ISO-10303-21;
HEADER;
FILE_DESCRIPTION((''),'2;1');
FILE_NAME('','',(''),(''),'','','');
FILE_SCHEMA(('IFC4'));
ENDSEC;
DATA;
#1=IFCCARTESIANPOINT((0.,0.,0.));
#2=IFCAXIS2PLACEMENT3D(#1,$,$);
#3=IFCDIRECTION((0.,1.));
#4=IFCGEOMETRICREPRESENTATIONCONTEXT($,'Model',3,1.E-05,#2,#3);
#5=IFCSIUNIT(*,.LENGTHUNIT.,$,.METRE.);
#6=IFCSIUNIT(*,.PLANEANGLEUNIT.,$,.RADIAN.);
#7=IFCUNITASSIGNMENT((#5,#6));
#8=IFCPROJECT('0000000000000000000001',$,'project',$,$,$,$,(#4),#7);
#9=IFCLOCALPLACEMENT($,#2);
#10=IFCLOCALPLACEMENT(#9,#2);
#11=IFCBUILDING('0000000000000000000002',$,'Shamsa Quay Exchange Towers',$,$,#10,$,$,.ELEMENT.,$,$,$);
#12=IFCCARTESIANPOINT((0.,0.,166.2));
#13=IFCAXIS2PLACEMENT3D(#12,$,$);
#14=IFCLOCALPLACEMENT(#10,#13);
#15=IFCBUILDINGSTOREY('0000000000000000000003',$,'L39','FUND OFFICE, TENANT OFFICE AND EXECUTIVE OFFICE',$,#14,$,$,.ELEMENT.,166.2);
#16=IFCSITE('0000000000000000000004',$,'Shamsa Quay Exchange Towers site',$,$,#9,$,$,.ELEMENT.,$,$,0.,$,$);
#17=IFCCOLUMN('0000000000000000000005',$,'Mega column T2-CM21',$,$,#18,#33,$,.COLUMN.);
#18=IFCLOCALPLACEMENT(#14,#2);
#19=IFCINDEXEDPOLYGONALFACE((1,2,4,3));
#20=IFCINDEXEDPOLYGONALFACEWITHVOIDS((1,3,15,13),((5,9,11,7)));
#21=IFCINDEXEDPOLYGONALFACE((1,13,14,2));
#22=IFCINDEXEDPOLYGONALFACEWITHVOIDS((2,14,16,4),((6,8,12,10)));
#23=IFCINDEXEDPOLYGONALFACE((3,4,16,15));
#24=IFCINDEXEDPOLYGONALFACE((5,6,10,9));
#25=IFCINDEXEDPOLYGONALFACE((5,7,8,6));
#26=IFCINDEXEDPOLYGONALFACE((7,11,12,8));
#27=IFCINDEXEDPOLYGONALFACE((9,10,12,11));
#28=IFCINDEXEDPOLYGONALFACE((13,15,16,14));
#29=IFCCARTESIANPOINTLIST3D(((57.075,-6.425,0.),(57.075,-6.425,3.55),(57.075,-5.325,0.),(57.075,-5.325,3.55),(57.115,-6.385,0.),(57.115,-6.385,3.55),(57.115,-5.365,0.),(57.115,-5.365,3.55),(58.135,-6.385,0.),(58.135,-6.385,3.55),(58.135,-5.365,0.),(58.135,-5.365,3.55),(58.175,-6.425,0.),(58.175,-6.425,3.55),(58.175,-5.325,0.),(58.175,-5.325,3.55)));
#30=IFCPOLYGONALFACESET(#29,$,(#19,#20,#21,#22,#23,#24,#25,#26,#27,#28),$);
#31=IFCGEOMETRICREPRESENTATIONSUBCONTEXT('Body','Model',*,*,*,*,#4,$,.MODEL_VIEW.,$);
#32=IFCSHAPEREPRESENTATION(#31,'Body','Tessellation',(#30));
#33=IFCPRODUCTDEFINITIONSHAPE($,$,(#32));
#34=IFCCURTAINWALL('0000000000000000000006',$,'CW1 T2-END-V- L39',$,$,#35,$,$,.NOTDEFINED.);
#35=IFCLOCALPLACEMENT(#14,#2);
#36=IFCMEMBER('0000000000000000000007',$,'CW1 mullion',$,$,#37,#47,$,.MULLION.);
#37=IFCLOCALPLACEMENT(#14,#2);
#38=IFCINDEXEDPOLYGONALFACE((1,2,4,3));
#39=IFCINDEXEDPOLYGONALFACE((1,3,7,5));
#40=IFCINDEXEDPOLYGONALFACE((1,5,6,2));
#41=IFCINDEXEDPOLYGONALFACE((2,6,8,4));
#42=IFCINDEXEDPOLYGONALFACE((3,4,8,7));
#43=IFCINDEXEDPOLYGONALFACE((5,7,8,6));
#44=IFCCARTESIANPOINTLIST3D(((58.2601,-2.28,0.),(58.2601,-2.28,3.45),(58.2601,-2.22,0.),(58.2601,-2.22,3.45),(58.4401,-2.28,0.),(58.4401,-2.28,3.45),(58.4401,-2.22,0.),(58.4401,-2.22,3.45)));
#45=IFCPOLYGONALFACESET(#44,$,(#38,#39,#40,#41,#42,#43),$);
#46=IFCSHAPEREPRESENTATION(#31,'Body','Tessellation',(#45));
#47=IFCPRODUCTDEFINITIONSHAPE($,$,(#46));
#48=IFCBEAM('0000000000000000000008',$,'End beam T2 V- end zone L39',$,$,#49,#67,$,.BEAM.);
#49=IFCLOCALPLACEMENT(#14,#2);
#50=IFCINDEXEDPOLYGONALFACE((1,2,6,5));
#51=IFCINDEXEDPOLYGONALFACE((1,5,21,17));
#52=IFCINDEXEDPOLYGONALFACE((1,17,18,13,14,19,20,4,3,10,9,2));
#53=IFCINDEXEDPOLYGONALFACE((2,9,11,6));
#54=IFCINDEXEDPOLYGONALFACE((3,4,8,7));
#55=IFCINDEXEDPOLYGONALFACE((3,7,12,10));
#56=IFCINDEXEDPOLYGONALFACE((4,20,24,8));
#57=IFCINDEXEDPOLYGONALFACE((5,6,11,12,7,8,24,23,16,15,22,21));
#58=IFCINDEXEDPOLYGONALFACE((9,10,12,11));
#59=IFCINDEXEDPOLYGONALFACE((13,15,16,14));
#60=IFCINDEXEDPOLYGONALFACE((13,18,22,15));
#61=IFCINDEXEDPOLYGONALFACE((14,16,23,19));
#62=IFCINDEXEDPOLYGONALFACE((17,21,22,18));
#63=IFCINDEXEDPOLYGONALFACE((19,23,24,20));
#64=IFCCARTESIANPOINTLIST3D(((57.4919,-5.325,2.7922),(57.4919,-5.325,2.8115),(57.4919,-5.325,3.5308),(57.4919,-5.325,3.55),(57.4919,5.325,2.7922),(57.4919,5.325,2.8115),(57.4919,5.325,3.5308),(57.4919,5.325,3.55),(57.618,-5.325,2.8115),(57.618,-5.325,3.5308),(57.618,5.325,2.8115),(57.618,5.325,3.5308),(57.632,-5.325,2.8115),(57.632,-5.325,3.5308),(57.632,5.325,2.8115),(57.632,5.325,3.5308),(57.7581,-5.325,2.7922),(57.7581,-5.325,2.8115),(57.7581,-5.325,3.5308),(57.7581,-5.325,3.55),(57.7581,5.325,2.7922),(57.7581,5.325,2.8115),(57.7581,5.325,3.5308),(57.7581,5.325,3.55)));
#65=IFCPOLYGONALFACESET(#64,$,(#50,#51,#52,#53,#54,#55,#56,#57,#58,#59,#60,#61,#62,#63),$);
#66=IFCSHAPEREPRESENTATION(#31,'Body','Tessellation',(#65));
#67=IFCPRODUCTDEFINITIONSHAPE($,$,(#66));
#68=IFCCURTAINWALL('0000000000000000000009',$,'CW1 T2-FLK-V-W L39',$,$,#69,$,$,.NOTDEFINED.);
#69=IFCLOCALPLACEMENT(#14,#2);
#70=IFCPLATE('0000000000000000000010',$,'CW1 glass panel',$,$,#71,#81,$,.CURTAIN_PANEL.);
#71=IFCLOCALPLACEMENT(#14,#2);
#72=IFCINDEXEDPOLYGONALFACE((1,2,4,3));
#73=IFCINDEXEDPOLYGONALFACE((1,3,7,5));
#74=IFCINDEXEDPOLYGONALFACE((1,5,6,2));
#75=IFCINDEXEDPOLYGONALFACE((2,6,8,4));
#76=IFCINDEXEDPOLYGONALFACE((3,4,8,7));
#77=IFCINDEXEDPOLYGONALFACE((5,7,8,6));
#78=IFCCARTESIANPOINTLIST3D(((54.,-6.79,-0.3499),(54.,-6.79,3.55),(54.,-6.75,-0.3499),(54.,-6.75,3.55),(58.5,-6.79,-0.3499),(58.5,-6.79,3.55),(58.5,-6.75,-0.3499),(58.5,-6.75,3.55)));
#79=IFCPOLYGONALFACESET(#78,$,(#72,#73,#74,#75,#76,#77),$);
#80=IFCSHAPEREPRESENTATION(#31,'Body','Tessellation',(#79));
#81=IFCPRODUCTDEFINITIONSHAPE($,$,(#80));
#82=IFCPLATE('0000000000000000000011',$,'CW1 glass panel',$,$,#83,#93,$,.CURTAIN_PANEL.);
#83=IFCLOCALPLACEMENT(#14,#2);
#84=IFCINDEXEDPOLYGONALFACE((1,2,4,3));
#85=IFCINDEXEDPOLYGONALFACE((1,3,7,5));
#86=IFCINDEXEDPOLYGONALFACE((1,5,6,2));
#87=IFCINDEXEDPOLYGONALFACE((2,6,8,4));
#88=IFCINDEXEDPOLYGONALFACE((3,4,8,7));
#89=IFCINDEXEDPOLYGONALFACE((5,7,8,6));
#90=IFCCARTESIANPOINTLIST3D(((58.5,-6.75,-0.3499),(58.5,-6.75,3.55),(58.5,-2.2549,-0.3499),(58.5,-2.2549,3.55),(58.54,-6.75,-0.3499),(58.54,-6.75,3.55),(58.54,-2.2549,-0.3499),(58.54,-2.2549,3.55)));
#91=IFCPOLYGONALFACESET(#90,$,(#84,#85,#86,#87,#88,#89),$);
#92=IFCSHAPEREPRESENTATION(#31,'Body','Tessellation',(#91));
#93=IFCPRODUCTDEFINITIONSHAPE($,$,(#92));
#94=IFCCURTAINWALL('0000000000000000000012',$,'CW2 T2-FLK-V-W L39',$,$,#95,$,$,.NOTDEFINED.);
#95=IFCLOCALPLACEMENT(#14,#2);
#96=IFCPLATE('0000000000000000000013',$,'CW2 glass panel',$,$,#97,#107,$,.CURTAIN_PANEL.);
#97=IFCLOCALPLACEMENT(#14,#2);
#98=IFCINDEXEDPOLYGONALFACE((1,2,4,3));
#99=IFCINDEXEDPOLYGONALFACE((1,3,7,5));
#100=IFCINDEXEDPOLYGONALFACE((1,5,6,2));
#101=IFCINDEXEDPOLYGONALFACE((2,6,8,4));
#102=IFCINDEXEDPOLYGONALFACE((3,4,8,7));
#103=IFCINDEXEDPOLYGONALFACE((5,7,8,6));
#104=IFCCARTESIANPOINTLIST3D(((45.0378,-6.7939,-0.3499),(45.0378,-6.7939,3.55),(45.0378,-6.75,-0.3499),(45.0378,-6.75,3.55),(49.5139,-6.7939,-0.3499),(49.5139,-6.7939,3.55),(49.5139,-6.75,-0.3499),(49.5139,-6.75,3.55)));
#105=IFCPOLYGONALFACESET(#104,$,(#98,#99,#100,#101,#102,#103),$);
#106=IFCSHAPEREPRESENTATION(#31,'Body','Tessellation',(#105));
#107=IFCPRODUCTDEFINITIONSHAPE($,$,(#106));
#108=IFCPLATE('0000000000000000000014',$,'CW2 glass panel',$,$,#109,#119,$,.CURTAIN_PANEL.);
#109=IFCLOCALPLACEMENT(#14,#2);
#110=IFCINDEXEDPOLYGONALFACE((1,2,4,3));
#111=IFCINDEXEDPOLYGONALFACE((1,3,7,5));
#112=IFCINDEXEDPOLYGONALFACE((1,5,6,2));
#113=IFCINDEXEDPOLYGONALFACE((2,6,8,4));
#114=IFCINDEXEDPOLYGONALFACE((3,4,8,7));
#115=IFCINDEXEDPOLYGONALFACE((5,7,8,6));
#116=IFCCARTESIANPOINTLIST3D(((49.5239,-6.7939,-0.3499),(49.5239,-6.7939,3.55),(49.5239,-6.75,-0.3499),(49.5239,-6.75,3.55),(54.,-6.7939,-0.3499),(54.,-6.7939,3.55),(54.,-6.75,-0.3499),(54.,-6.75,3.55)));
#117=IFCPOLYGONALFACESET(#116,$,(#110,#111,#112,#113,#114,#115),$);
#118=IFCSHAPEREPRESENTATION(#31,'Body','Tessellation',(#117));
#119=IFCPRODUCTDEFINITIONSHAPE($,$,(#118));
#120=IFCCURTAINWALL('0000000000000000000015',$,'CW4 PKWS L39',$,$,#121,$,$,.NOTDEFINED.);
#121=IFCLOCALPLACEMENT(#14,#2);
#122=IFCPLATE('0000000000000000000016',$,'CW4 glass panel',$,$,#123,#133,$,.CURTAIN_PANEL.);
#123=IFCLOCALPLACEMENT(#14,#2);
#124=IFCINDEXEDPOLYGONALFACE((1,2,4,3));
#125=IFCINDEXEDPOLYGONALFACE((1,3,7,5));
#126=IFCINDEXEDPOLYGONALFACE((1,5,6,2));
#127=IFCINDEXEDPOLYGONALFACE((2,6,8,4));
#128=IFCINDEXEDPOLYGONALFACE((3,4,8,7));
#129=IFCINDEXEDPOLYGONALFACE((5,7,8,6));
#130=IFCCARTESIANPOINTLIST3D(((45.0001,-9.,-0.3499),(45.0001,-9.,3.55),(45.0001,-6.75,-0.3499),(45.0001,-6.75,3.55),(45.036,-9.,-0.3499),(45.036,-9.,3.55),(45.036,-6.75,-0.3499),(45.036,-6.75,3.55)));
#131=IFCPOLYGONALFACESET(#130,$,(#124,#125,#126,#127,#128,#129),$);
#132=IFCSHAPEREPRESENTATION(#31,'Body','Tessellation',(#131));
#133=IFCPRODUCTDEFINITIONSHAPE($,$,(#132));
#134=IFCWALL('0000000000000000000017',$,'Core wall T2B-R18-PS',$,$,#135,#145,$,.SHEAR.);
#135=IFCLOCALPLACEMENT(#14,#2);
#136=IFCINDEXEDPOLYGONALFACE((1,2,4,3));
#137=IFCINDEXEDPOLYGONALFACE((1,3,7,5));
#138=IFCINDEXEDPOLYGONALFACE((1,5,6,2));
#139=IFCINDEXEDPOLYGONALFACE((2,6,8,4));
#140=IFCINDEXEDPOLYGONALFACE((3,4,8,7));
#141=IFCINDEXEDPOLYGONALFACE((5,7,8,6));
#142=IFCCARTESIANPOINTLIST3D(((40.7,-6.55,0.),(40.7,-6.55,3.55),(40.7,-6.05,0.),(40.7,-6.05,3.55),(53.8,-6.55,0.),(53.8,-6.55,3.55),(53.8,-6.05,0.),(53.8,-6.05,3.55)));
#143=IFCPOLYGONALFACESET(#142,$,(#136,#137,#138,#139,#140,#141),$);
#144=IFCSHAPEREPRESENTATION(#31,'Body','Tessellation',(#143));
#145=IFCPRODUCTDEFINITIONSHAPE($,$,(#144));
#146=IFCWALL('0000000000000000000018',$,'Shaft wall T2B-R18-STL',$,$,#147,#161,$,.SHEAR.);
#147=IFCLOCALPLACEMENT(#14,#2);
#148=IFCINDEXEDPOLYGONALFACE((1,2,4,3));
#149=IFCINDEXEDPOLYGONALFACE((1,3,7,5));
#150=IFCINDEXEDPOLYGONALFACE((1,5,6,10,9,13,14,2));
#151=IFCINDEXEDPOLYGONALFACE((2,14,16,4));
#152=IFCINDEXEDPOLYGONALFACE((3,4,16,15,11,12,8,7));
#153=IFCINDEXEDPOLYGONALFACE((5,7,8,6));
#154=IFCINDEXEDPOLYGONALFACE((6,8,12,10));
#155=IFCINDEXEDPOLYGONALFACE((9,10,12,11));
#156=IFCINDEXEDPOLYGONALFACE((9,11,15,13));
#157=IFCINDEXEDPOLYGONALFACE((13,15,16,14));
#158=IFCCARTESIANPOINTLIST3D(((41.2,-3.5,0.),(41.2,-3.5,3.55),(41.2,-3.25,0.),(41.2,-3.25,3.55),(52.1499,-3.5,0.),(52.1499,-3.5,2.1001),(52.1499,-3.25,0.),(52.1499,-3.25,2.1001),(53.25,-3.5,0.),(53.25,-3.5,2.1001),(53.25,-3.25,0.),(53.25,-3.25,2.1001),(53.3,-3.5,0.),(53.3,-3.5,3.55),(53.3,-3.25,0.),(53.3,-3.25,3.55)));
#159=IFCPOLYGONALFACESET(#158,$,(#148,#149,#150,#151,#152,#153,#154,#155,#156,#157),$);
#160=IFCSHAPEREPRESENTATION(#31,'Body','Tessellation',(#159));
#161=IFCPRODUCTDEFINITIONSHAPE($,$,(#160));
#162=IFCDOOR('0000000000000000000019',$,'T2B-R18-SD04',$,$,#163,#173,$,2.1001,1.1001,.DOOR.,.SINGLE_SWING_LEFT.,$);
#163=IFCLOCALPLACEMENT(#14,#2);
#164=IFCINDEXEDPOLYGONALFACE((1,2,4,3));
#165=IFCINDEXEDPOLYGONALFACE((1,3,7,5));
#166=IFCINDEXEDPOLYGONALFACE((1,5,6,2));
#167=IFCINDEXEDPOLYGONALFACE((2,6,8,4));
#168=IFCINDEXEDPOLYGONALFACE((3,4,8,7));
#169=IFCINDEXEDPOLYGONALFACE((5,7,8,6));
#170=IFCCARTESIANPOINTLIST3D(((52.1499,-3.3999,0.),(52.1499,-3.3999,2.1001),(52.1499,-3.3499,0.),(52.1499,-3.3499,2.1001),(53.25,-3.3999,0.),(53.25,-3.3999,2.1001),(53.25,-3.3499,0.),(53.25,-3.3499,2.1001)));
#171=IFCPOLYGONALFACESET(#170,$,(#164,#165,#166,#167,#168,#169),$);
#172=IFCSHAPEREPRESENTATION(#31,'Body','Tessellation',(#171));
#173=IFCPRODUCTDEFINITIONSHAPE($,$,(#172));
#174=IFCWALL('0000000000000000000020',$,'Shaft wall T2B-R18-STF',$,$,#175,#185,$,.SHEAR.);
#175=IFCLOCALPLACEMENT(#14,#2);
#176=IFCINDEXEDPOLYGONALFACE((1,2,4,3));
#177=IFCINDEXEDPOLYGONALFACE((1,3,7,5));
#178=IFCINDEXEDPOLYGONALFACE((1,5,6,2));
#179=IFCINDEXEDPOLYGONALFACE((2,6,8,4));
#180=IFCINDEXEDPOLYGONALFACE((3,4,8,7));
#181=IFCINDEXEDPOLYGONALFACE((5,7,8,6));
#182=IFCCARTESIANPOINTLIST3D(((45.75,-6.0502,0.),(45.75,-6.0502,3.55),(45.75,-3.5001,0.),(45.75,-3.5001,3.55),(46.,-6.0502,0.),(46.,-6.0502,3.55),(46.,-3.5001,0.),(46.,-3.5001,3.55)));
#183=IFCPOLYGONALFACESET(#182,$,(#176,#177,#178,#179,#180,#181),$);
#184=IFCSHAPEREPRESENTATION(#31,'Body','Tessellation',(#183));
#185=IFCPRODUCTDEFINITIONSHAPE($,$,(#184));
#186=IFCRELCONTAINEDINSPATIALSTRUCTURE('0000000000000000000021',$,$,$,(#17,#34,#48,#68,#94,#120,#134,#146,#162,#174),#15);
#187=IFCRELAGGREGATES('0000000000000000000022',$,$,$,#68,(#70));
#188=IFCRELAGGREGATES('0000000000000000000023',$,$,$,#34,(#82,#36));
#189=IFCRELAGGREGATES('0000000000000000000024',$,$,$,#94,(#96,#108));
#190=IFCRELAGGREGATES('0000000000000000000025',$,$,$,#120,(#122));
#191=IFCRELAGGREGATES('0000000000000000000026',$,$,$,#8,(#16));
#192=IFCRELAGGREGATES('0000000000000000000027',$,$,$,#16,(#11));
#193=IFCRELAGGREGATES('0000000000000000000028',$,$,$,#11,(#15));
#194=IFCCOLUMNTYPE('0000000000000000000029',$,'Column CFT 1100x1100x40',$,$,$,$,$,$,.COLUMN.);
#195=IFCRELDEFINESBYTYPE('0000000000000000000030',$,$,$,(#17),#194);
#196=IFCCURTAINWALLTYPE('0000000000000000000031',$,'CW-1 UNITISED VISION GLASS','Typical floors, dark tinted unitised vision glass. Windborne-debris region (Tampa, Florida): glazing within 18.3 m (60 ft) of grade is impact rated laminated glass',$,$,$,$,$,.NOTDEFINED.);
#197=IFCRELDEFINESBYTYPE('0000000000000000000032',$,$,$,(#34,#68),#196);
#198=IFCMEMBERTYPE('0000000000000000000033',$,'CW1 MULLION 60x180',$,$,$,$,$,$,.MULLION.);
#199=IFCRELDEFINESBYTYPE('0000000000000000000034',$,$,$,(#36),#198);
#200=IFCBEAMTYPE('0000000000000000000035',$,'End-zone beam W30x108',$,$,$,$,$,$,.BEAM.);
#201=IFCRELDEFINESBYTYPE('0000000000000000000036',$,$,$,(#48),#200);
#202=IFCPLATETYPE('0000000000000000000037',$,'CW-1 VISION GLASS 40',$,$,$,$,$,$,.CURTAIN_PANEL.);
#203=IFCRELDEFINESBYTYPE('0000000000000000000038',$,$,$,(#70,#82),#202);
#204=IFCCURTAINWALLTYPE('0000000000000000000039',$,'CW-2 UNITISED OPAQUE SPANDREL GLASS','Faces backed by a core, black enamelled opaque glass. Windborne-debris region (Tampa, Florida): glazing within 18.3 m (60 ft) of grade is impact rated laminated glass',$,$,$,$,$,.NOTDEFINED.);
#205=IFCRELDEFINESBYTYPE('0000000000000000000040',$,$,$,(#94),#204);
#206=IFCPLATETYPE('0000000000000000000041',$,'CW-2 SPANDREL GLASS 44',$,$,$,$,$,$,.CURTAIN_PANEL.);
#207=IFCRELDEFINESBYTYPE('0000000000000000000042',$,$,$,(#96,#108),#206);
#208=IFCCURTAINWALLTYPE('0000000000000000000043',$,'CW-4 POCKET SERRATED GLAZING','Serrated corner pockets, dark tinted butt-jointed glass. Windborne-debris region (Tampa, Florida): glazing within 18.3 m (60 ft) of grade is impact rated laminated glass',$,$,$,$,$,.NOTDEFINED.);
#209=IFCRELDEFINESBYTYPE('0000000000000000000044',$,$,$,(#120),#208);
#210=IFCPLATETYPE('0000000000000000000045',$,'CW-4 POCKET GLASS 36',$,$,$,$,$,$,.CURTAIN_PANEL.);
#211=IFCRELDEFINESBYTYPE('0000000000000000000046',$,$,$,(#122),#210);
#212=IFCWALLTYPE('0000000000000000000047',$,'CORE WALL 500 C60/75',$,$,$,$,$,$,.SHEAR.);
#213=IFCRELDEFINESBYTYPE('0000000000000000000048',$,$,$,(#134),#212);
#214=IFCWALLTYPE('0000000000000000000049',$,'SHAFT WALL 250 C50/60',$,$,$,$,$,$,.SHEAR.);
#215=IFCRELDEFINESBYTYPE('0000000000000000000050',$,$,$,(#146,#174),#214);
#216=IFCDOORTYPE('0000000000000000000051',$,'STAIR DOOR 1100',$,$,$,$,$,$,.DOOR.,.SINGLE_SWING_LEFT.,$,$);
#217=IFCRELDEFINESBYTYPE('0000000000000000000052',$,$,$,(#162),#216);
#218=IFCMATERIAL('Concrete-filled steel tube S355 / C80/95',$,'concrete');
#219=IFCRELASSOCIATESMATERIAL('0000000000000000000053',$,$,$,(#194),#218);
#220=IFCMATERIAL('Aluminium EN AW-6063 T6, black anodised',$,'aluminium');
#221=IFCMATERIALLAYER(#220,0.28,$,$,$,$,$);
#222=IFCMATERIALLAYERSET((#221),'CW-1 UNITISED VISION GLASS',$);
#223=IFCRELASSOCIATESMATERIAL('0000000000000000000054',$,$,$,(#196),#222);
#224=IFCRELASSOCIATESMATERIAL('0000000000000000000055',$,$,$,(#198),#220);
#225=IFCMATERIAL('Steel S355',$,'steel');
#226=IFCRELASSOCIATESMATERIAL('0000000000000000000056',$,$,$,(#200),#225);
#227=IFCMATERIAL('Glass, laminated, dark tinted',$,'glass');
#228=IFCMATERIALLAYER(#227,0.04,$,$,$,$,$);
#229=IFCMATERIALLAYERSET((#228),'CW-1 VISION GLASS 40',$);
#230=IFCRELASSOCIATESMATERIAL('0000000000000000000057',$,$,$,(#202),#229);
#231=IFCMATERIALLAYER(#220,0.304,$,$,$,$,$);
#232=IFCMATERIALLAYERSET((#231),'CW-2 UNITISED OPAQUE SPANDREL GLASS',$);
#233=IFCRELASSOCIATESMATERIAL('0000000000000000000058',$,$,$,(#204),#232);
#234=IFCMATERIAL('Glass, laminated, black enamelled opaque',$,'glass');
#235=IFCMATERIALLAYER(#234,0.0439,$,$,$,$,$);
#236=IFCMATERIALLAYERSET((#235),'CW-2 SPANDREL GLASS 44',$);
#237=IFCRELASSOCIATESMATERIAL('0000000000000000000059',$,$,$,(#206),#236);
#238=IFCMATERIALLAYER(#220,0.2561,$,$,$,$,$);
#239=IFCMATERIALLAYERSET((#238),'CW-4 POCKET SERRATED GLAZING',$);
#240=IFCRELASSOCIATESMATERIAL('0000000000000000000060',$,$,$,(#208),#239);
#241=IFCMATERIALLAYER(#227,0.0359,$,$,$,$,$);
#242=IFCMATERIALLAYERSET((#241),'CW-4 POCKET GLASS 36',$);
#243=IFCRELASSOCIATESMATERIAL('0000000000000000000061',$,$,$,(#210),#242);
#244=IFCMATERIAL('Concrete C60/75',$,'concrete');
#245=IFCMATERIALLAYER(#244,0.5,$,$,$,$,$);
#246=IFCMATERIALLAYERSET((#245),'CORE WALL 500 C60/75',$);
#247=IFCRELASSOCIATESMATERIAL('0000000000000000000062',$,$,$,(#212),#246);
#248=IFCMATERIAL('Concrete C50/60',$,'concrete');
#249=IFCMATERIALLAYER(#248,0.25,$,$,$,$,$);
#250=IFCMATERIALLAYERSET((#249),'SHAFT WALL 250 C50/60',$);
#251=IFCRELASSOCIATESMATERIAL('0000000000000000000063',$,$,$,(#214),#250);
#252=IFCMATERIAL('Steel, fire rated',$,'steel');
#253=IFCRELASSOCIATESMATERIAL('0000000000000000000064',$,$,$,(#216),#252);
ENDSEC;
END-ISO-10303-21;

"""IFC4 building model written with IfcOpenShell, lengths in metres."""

from ifc_helpers import new_model, si_unit, direction, frame, frame_2d, origin, origin_2d, place, context, subcontext, project, spatial, rectangle, hollow_rectangle, i_section, extrude, material, layer, layer_set, material_profile, profile_set, type_object, element, fill, aggregate, save


model = new_model("IFC4")

# Units and contexts
model_context = context("Model", 3, precision=1e-05, world=origin(), true_north=direction((0.0, 1.0)))
body_context = subcontext(model_context, "Body", "Model", "MODEL_VIEW")
ifc_project = project(units=[si_unit("LENGTHUNIT", "METRE"), si_unit("PLANEANGLEUNIT", "RADIAN")], contexts=[model_context])

# Site, building, storey
site_placement = place(None, origin())
site = spatial("IfcSite", under=ifc_project, at=site_placement, Name="Shamsa Quay Exchange Towers site", CompositionType="ELEMENT", RefElevation=0.0)
building_placement = place(site_placement, origin())
building = spatial("IfcBuilding", under=site, at=building_placement, Name="Shamsa Quay Exchange Towers", CompositionType="ELEMENT")
storey_placement = place(building_placement, frame((0.0, 0.0, 166.2)))
storey = spatial("IfcBuildingStorey", under=building, at=storey_placement, Name="L39", Description="FUND OFFICE, TENANT OFFICE AND EXECUTIVE OFFICE", CompositionType="ELEMENT", Elevation=166.2)

# Column
ifc_material_1 = material(Name="Concrete-filled steel tube S355 / C80/95", Category="concrete")
ifc_material_profile_1 = material_profile(ifc_material_1, hollow_rectangle(XDim=1.1001, YDim=1.1001, WallThickness=0.04, at=origin_2d()), Name="CFT 1100x1100x40")
ifc_profile_set_1 = profile_set([ifc_material_profile_1], Name="Concrete-filled steel tube S355 / C80/95")
column_type = type_object("IfcColumnType", Name="Column CFT 1100x1100x40", PredefinedType="COLUMN", material=ifc_profile_set_1)
column_placement = place(storey_placement, frame((57.625, -5.875, 0.0)))
element("IfcColumn", 1, at=column_placement, inside=storey, type_object=column_type, Name="Mega column T2-CM21", PredefinedType="COLUMN", context=body_context, shape_type="SweptSolid", body=[
    extrude(hollow_rectangle(XDim=1.1001, YDim=1.1001, WallThickness=0.04, at=origin_2d()), origin(), (0.0, 0.0, 1.0), 3.55),
])

# Curtain wall, member
ifc_material_2 = material(Name="Aluminium EN AW-6063 T6, black anodised", Category="aluminium")
ifc_layer_1 = layer(ifc_material_2, 0.28)
ifc_layer_set_1 = layer_set([ifc_layer_1], Name="CW-1 UNITISED VISION GLASS")
curtain_wall_type_1 = type_object("IfcCurtainWallType", Name="CW-1 UNITISED VISION GLASS", Description="Typical floors, dark tinted unitised vision glass. Windborne-debris region (Tampa, Florida): glazing within 18.3 m (60 ft) of grade is impact rated laminated glass", PredefinedType="NOTDEFINED", material=ifc_layer_set_1)
curtain_wall_1_placement = place(storey_placement, origin())
curtain_wall_1 = element("IfcCurtainWall", 2, at=curtain_wall_1_placement, inside=storey, type_object=curtain_wall_type_1, Name="CW1 T2-END-V- L39", PredefinedType="NOTDEFINED")
ifc_material_profile_2 = material_profile(ifc_material_2, rectangle(XDim=0.1799, YDim=0.0601, at=origin_2d()), Name="MU60x180")
ifc_profile_set_2 = profile_set([ifc_material_profile_2], Name="Aluminium EN AW-6063 T6, black anodised")
member_type = type_object("IfcMemberType", Name="CW1 MULLION 60x180", PredefinedType="MULLION", material=ifc_profile_set_2)
member_placement = place(storey_placement, frame((58.3501, -2.25, 0.0), z_axis=(0.0, 0.0, 1.0), x_axis=(-1.0, 0.0, 0.0)))
member = element("IfcMember", 3, at=member_placement, type_object=member_type, Name="CW1 mullion", PredefinedType="MULLION", context=body_context, shape_type="SweptSolid", body=[
    extrude(rectangle(XDim=0.1799, YDim=0.0601, at=origin_2d()), origin(), (0.0, 0.0, 1.0), 3.45),
])

# Beam
ifc_material_3 = material(Name="Steel S355", Category="steel")
ifc_material_profile_3 = material_profile(ifc_material_3, i_section(OverallWidth=0.2661, OverallDepth=0.7578, WebThickness=0.0139, FlangeThickness=0.0193, at=origin_2d()), Name="W30x108")
ifc_profile_set_3 = profile_set([ifc_material_profile_3], Name="Steel S355")
beam_type = type_object("IfcBeamType", Name="End-zone beam W30x108", PredefinedType="BEAM", material=ifc_profile_set_3)
beam_placement = place(storey_placement, frame((57.625, -5.325, 3.1711), z_axis=(0.0, 1.0, 0.0), x_axis=(-1.0, 0.0, 0.0)))
element("IfcBeam", 4, at=beam_placement, inside=storey, type_object=beam_type, Name="End beam T2 V- end zone L39", PredefinedType="BEAM", context=body_context, shape_type="SweptSolid", body=[
    extrude(i_section(OverallWidth=0.2661, OverallDepth=0.7578, WebThickness=0.0139, FlangeThickness=0.0193, at=origin_2d()), origin(), (0.0, 0.0, 1.0), 10.6499),
])

# Curtain wall, plate
curtain_wall_2_placement = place(storey_placement, origin())
curtain_wall_2 = element("IfcCurtainWall", 5, at=curtain_wall_2_placement, inside=storey, type_object=curtain_wall_type_1, Name="CW1 T2-FLK-V-W L39", PredefinedType="NOTDEFINED")
ifc_material_4 = material(Name="Glass, laminated, dark tinted", Category="glass")
ifc_layer_2 = layer(ifc_material_4, 0.04)
ifc_layer_set_2 = layer_set([ifc_layer_2], Name="CW-1 VISION GLASS 40")
plate_type_1 = type_object("IfcPlateType", Name="CW-1 VISION GLASS 40", PredefinedType="CURTAIN_PANEL", material=ifc_layer_set_2)
plate_1_placement = place(storey_placement, frame((56.25, -6.77, -0.3499)))
plate_1 = element("IfcPlate", 6, at=plate_1_placement, type_object=plate_type_1, Name="CW1 glass panel", PredefinedType="CURTAIN_PANEL", context=body_context, shape_type="SweptSolid", body=[
    extrude(rectangle(XDim=4.5, YDim=0.04, at=origin_2d()), origin(), (0.0, 0.0, 1.0), 3.8999),
])
aggregate(curtain_wall_2, [plate_1])

# Plate
plate_2_placement = place(storey_placement, frame((58.52, -4.5024, -0.3499), z_axis=(0.0, 0.0, 1.0), x_axis=(0.0, 1.0, 0.0)))
plate_2 = element("IfcPlate", 7, at=plate_2_placement, type_object=plate_type_1, Name="CW1 glass panel", PredefinedType="CURTAIN_PANEL", context=body_context, shape_type="SweptSolid", body=[
    extrude(rectangle(XDim=4.4951, YDim=0.04, at=origin_2d()), origin(), (0.0, 0.0, 1.0), 3.8999),
])
aggregate(curtain_wall_1, [plate_2, member])

# Curtain wall, plates
ifc_layer_3 = layer(ifc_material_2, 0.304)
ifc_layer_set_3 = layer_set([ifc_layer_3], Name="CW-2 UNITISED OPAQUE SPANDREL GLASS")
curtain_wall_type_2 = type_object("IfcCurtainWallType", Name="CW-2 UNITISED OPAQUE SPANDREL GLASS", Description="Faces backed by a core, black enamelled opaque glass. Windborne-debris region (Tampa, Florida): glazing within 18.3 m (60 ft) of grade is impact rated laminated glass", PredefinedType="NOTDEFINED", material=ifc_layer_set_3)
curtain_wall_3_placement = place(storey_placement, origin())
curtain_wall_3 = element("IfcCurtainWall", 8, at=curtain_wall_3_placement, inside=storey, type_object=curtain_wall_type_2, Name="CW2 T2-FLK-V-W L39", PredefinedType="NOTDEFINED")
ifc_material_5 = material(Name="Glass, laminated, black enamelled opaque", Category="glass")
ifc_layer_4 = layer(ifc_material_5, 0.0439)
ifc_layer_set_4 = layer_set([ifc_layer_4], Name="CW-2 SPANDREL GLASS 44")
plate_type_2 = type_object("IfcPlateType", Name="CW-2 SPANDREL GLASS 44", PredefinedType="CURTAIN_PANEL", material=ifc_layer_set_4)
plate_3_placement = place(storey_placement, frame((47.2759, -6.772, -0.3499)))
plate_3 = element("IfcPlate", 9, at=plate_3_placement, type_object=plate_type_2, Name="CW2 glass panel", PredefinedType="CURTAIN_PANEL", context=body_context, shape_type="SweptSolid", body=[
    extrude(rectangle(XDim=4.4761, YDim=0.0439, at=origin_2d()), origin(), (0.0, 0.0, 1.0), 3.8999),
])
plate_4_placement = place(storey_placement, frame((51.762, -6.772, -0.3499)))
plate_4 = element("IfcPlate", 10, at=plate_4_placement, type_object=plate_type_2, Name="CW2 glass panel", PredefinedType="CURTAIN_PANEL", context=body_context, shape_type="SweptSolid", body=[
    extrude(rectangle(XDim=4.4761, YDim=0.0439, at=origin_2d()), origin(), (0.0, 0.0, 1.0), 3.8999),
])
aggregate(curtain_wall_3, [plate_3, plate_4])

# Curtain wall, plate
ifc_layer_5 = layer(ifc_material_2, 0.2561)
ifc_layer_set_5 = layer_set([ifc_layer_5], Name="CW-4 POCKET SERRATED GLAZING")
curtain_wall_type_3 = type_object("IfcCurtainWallType", Name="CW-4 POCKET SERRATED GLAZING", Description="Serrated corner pockets, dark tinted butt-jointed glass. Windborne-debris region (Tampa, Florida): glazing within 18.3 m (60 ft) of grade is impact rated laminated glass", PredefinedType="NOTDEFINED", material=ifc_layer_set_5)
curtain_wall_4_placement = place(storey_placement, origin())
curtain_wall_4 = element("IfcCurtainWall", 11, at=curtain_wall_4_placement, inside=storey, type_object=curtain_wall_type_3, Name="CW4 PKWS L39", PredefinedType="NOTDEFINED")
ifc_layer_6 = layer(ifc_material_4, 0.0359)
ifc_layer_set_6 = layer_set([ifc_layer_6], Name="CW-4 POCKET GLASS 36")
plate_type_3 = type_object("IfcPlateType", Name="CW-4 POCKET GLASS 36", PredefinedType="CURTAIN_PANEL", material=ifc_layer_set_6)
plate_5_placement = place(storey_placement, frame((45.0181, -7.875, -0.3499), z_axis=(0.0, 0.0, 1.0), x_axis=(0.0, 1.0, 0.0)))
plate_5 = element("IfcPlate", 12, at=plate_5_placement, type_object=plate_type_3, Name="CW4 glass panel", PredefinedType="CURTAIN_PANEL", context=body_context, shape_type="SweptSolid", body=[
    extrude(rectangle(XDim=2.25, YDim=0.0359, at=origin_2d()), origin(), (0.0, 0.0, 1.0), 3.8999),
])
aggregate(curtain_wall_4, [plate_5])

# Wall
ifc_material_6 = material(Name="Concrete C60/75", Category="concrete")
ifc_layer_7 = layer(ifc_material_6, 0.5)
ifc_layer_set_7 = layer_set([ifc_layer_7], Name="CORE WALL 500 C60/75")
wall_type_1 = type_object("IfcWallType", Name="CORE WALL 500 C60/75", PredefinedType="SHEAR", material=ifc_layer_set_7)
wall_1_placement = place(storey_placement, frame((53.8, -6.3, 0.0), z_axis=(0.0, 0.0, 1.0), x_axis=(-1.0, 0.0, 0.0)))
element("IfcWall", 13, at=wall_1_placement, inside=storey, type_object=wall_type_1, Name="Core wall T2B-R18-PS", PredefinedType="SHEAR", context=body_context, shape_type="SweptSolid", body=[
    extrude(rectangle(XDim=13.1001, YDim=0.5, at=frame_2d((6.55, 0.0))), origin(), (0.0, 0.0, 1.0), 3.55),
])

# Wall, opening, door
ifc_material_7 = material(Name="Steel, fire rated", Category="steel")
ifc_material_8 = material(Name="Concrete C50/60", Category="concrete")
ifc_layer_8 = layer(ifc_material_8, 0.25)
ifc_layer_set_8 = layer_set([ifc_layer_8], Name="SHAFT WALL 250 C50/60")
wall_type_2 = type_object("IfcWallType", Name="SHAFT WALL 250 C50/60", PredefinedType="SHEAR", material=ifc_layer_set_8)
wall_2_placement = place(storey_placement, frame((53.3, -3.375, 0.0), z_axis=(0.0, 0.0, 1.0), x_axis=(-1.0, 0.0, 0.0)))
wall_2 = element("IfcWall", 14, at=wall_2_placement, inside=storey, type_object=wall_type_2, Name="Shaft wall T2B-R18-STL", PredefinedType="SHEAR", context=body_context, shape_type="SweptSolid", body=[
    extrude(rectangle(XDim=12.1001, YDim=0.25, at=frame_2d((6.05, 0.0))), origin(), (0.0, 0.0, 1.0), 3.55),
])
opening_1_placement = place(wall_2_placement, frame((0.05, 0.0, 0.0)))
opening_1 = element("IfcOpeningElement", 15, at=opening_1_placement, cuts=wall_2, PredefinedType="OPENING", context=body_context, shape_type="SweptSolid", body=[
    extrude(rectangle(XDim=1.1001, YDim=2.1001, at=frame_2d((0.55, 1.05))), frame((0.0, 0.135, 0.0), z_axis=(0.0, -1.0, 0.0), x_axis=(1.0, 0.0, 0.0)), (0.0, 0.0, 1.0), 0.27),
])
door_type_1 = type_object("IfcDoorType", Name="STAIR DOOR 1100", OperationType="SINGLE_SWING_LEFT", PredefinedType="DOOR", material=ifc_material_7)
door_1_placement = place(opening_1_placement, origin())
door_1 = element("IfcDoor", 16, at=door_1_placement, inside=storey, type_object=door_type_1, Name="T2B-R18-SD04", OperationType="SINGLE_SWING_LEFT", OverallHeight=2.1001, OverallWidth=1.1001, PredefinedType="DOOR", context=body_context, shape_type="SweptSolid", body=[
    extrude(rectangle(XDim=1.1001, YDim=2.1001, at=frame_2d((0.55, 1.05))), frame((0.0, 0.0249, 0.0), z_axis=(0.0, -1.0, 0.0), x_axis=(1.0, 0.0, 0.0)), (0.0, 0.0, 1.0), 0.05),
])
fill(opening_1, door_1)

# Wall
wall_3_placement = place(storey_placement, frame((45.875, -6.05, 0.0), z_axis=(0.0, 0.0, 1.0), x_axis=(0.0, 1.0, 0.0)))
element("IfcWall", 17, at=wall_3_placement, inside=storey, type_object=wall_type_2, Name="Shaft wall T2B-R18-STF", PredefinedType="SHEAR", context=body_context, shape_type="SweptSolid", body=[
    extrude(rectangle(XDim=2.55, YDim=0.25, at=frame_2d((1.2749, 0.0))), origin(), (0.0, 0.0, 1.0), 3.55),
])

save(model, "model.ifc")
